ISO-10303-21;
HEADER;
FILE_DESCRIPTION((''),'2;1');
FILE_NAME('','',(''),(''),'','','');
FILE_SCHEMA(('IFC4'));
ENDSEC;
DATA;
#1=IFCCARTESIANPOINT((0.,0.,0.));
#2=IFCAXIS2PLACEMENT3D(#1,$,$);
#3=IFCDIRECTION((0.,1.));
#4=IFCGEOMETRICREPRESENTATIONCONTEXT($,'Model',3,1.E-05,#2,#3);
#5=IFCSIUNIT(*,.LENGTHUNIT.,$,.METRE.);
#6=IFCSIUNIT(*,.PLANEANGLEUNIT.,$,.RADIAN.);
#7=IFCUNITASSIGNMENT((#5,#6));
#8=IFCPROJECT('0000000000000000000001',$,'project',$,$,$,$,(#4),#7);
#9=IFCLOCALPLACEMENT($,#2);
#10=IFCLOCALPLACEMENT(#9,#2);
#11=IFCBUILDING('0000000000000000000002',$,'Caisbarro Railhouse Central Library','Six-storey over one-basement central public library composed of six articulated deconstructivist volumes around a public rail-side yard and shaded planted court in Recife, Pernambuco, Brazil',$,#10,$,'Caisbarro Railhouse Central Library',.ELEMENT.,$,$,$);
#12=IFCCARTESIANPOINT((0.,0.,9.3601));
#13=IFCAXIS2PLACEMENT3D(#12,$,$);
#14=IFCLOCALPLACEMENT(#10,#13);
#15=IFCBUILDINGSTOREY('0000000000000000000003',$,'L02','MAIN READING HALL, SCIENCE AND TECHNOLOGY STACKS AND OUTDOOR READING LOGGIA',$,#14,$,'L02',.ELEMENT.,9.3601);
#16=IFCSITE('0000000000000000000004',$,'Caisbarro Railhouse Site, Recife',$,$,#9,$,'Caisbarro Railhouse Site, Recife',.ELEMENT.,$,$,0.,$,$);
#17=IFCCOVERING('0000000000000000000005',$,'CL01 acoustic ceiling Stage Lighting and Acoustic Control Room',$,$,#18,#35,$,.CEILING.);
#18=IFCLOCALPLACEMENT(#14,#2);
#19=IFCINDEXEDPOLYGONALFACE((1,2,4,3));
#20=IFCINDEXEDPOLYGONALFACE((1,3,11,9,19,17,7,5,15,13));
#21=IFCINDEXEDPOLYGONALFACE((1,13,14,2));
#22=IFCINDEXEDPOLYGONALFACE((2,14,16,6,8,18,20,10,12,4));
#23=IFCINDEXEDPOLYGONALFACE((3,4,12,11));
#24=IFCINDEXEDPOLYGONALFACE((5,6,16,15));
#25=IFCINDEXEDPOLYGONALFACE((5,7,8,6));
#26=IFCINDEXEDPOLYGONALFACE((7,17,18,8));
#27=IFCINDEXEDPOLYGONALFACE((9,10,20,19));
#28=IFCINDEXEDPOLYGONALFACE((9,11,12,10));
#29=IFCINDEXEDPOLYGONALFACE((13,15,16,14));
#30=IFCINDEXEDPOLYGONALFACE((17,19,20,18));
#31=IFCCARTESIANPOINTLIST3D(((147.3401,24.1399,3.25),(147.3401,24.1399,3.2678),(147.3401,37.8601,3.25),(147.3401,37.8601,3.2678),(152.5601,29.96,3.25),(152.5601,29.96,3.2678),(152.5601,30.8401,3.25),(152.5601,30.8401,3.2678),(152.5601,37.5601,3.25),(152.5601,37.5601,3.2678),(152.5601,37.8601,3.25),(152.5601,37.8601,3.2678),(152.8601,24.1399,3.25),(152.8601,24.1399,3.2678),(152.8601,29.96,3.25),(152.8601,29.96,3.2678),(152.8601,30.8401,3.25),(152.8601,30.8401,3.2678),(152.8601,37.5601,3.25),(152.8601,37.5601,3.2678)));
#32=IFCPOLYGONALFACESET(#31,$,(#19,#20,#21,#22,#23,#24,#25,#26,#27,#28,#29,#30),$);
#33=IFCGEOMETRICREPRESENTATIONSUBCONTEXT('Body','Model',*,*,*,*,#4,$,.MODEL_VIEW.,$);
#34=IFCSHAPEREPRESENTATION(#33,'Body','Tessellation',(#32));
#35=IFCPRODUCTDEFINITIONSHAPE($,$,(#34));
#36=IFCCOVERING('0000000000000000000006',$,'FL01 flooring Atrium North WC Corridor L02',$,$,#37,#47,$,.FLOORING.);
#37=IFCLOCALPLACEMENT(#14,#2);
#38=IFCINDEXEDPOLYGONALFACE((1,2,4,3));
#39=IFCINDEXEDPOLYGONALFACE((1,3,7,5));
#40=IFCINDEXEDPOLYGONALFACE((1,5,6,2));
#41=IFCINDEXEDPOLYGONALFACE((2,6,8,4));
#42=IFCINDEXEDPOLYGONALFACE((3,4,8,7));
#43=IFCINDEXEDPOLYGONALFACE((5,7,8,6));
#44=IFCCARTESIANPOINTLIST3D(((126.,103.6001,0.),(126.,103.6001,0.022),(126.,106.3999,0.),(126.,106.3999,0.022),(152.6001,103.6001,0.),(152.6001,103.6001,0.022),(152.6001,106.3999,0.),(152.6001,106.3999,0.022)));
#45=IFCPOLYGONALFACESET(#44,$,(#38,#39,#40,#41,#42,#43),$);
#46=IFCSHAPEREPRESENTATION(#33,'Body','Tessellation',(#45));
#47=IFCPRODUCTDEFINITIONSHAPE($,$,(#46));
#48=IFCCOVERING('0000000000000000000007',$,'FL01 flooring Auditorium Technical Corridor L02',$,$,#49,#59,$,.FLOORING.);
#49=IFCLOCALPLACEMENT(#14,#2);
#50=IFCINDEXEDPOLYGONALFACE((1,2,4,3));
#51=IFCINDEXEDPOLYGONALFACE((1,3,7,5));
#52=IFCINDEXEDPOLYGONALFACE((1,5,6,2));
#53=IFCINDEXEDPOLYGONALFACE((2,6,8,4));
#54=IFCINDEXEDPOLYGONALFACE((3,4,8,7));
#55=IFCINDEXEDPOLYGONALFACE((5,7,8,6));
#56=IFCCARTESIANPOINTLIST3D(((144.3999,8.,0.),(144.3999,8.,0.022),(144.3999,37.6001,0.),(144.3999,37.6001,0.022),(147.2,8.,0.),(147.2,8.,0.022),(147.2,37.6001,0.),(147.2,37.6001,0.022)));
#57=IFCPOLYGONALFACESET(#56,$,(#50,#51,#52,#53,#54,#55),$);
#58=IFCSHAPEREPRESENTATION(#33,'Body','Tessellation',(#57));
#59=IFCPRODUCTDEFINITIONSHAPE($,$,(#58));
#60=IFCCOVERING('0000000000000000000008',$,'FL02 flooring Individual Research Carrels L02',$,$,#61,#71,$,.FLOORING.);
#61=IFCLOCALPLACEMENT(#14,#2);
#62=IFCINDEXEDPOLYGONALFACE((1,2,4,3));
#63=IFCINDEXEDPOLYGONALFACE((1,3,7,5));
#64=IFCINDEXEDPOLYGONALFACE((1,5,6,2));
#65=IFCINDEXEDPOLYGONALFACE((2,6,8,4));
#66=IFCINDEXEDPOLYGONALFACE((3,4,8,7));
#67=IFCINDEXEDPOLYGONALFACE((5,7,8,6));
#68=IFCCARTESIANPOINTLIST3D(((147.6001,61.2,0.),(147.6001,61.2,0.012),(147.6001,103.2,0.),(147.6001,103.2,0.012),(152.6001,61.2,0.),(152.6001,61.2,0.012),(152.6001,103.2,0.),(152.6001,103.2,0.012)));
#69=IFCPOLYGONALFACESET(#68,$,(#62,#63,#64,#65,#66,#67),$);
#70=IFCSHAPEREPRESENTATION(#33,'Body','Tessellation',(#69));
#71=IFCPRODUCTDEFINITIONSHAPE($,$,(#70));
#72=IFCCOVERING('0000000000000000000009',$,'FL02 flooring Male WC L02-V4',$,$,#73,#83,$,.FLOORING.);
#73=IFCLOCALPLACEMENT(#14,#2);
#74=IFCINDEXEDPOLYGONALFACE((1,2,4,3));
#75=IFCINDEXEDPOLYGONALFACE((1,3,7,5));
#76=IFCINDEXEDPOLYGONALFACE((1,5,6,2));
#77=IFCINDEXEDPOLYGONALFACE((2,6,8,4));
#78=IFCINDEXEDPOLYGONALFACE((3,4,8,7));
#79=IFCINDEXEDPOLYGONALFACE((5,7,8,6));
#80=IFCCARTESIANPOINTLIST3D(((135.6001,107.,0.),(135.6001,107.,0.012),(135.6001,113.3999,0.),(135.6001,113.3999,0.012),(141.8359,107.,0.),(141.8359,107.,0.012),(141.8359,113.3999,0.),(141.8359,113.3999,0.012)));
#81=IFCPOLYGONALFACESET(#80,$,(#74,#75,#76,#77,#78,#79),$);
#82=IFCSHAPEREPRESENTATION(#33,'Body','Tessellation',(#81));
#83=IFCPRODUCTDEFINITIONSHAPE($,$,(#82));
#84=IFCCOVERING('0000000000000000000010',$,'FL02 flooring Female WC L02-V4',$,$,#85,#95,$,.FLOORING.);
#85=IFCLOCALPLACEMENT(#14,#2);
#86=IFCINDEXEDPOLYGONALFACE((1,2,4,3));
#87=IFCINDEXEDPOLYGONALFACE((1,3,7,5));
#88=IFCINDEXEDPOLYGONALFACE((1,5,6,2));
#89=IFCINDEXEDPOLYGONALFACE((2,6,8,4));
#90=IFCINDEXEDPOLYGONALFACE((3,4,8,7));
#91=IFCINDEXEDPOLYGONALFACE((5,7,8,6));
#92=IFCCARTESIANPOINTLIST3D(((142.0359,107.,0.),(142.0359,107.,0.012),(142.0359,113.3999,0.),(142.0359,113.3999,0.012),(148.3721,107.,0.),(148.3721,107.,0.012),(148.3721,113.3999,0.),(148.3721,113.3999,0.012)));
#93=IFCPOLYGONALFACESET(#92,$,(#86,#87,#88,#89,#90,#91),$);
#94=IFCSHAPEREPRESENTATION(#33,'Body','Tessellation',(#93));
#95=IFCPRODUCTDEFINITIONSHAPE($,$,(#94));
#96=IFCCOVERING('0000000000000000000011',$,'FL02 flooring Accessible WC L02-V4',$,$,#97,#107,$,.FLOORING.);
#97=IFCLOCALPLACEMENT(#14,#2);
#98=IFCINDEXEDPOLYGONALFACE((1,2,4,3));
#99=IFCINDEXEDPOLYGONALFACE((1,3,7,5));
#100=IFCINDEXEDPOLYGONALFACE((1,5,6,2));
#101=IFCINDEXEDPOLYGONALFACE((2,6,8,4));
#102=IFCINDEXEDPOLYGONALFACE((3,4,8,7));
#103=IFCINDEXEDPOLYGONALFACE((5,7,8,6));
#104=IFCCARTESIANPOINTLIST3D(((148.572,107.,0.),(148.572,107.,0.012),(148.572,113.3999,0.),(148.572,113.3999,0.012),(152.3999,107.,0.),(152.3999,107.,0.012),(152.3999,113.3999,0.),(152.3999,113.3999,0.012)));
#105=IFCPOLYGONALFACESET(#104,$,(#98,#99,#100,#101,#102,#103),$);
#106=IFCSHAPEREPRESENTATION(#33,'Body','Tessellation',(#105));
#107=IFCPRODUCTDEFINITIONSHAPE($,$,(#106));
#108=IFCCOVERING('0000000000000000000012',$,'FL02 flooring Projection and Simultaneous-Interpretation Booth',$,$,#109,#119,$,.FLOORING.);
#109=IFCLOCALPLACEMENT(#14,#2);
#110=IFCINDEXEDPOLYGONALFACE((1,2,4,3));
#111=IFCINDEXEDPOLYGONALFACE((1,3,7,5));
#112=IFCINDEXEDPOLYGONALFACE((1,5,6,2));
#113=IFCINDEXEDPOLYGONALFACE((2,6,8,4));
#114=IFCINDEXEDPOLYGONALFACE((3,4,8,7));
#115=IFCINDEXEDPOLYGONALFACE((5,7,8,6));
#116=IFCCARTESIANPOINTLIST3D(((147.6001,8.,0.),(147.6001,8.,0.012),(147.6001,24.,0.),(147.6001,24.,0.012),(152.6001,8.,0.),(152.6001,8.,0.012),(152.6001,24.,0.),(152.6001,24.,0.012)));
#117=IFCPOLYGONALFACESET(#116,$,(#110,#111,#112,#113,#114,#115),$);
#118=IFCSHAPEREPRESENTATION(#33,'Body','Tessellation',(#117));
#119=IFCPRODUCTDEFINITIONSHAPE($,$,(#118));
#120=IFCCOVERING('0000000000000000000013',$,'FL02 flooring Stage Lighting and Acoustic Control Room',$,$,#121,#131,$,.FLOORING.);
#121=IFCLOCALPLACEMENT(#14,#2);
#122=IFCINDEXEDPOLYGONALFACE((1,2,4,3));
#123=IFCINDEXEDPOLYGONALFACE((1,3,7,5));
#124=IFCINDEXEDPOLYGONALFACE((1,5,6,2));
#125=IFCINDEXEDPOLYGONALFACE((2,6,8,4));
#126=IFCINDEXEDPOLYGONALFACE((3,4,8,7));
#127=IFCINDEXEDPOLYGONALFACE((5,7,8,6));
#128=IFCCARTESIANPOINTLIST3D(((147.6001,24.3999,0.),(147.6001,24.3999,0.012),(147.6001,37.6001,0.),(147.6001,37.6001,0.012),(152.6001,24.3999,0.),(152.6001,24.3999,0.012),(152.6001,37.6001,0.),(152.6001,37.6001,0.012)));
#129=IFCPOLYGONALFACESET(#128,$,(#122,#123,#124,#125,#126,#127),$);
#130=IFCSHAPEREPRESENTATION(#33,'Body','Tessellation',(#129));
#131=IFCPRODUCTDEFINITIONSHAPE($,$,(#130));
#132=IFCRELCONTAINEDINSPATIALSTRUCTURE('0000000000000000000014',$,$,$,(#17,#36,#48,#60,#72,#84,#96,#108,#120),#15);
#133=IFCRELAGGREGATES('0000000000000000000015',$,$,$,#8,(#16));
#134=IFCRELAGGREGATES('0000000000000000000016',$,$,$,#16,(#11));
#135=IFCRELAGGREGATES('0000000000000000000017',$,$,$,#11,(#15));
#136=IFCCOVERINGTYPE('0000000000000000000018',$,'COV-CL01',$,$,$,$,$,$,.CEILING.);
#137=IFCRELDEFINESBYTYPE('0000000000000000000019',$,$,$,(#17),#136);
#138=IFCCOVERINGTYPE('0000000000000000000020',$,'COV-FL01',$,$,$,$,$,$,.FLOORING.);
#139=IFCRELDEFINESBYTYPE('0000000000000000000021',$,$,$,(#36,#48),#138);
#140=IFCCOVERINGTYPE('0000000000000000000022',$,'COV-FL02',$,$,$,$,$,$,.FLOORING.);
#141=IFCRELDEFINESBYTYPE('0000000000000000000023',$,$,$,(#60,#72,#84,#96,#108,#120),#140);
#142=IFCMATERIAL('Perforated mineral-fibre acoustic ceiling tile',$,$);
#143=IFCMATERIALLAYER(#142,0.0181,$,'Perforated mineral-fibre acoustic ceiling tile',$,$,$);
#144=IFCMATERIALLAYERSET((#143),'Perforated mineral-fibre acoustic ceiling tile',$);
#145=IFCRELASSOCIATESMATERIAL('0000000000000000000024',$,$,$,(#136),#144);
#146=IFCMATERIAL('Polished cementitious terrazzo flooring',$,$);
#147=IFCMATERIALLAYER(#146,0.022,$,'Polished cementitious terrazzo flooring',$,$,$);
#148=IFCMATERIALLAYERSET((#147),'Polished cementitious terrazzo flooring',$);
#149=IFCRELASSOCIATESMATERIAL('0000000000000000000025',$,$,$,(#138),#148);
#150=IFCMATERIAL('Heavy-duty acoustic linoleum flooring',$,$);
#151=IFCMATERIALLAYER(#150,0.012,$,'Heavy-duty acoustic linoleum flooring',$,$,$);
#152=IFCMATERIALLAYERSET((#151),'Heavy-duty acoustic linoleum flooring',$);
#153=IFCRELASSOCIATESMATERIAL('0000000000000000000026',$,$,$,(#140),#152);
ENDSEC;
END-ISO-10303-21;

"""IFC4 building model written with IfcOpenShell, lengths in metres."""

from ifc_helpers import new_model, si_unit, direction, frame, origin, place, context, subcontext, project, spatial, polyline, outline, extrude, material, layer, layer_set, type_object, element, save


model = new_model("IFC4")

# Units and contexts
model_context = context("Model", 3, precision=1e-05, world=origin(), true_north=direction((0.0, 1.0)))
body_context = subcontext(model_context, "Body", "Model", "MODEL_VIEW")
ifc_project = project(units=[si_unit("LENGTHUNIT", "METRE"), si_unit("PLANEANGLEUNIT", "RADIAN")], contexts=[model_context])

# Site, building, storey
site_placement = place(None, origin())
site = spatial("IfcSite", under=ifc_project, at=site_placement, Name="Caisbarro Railhouse Site, Recife", LongName="Caisbarro Railhouse Site, Recife", CompositionType="ELEMENT", RefElevation=0.0)
building_placement = place(site_placement, origin())
building = spatial("IfcBuilding", under=site, at=building_placement, Name="Caisbarro Railhouse Central Library", Description="Six-storey over one-basement central public library composed of six articulated deconstructivist volumes around a public rail-side yard and shaded planted court in Recife, Pernambuco, Brazil", LongName="Caisbarro Railhouse Central Library", CompositionType="ELEMENT")
storey_placement = place(building_placement, frame((0.0, 0.0, 9.3601)))
storey = spatial("IfcBuildingStorey", under=building, at=storey_placement, Name="L02", Description="MAIN READING HALL, SCIENCE AND TECHNOLOGY STACKS AND OUTDOOR READING LOGGIA", LongName="L02", CompositionType="ELEMENT", Elevation=9.3601)

# Coverings
ifc_material_1 = material(Name="Perforated mineral-fibre acoustic ceiling tile")
ifc_layer_1 = layer(ifc_material_1, 0.0181, Name="Perforated mineral-fibre acoustic ceiling tile")
ifc_layer_set_1 = layer_set([ifc_layer_1], Name="Perforated mineral-fibre acoustic ceiling tile")
covering_type_1 = type_object("IfcCoveringType", Name="COV-CL01", PredefinedType="CEILING", material=ifc_layer_set_1)
covering_1_placement = place(storey_placement, frame((0.0, 0.0, 3.25)))
element("IfcCovering", 1, at=covering_1_placement, inside=storey, type_object=covering_type_1, Name="CL01 acoustic ceiling Stage Lighting and Acoustic Control Room", PredefinedType="CEILING", context=body_context, shape_type="SweptSolid", body=[
    extrude(outline(polyline([(152.5601, 37.8601), (152.5601, 37.5601), (152.8601, 37.5601), (152.8601, 30.8401), (152.5601, 30.8401), (152.5601, 29.96), (152.8601, 29.96), (152.8601, 24.1399), (147.3401, 24.1399), (147.3401, 37.8601), (152.5601, 37.8601)])), origin(), (0.0, 0.0, 1.0), 0.0178),
])
ifc_material_2 = material(Name="Polished cementitious terrazzo flooring")
ifc_layer_2 = layer(ifc_material_2, 0.022, Name="Polished cementitious terrazzo flooring")
ifc_layer_set_2 = layer_set([ifc_layer_2], Name="Polished cementitious terrazzo flooring")
covering_type_2 = type_object("IfcCoveringType", Name="COV-FL01", PredefinedType="FLOORING", material=ifc_layer_set_2)
covering_2_placement = place(storey_placement, origin())
element("IfcCovering", 2, at=covering_2_placement, inside=storey, type_object=covering_type_2, Name="FL01 flooring Atrium North WC Corridor L02", PredefinedType="FLOORING", context=body_context, shape_type="SweptSolid", body=[
    extrude(outline(polyline([(126.0, 103.6001), (152.6001, 103.6001), (152.6001, 106.3999), (126.0, 106.3999), (126.0, 103.6001)])), origin(), (0.0, 0.0, 1.0), 0.022),
])
covering_3_placement = place(storey_placement, origin())
element("IfcCovering", 3, at=covering_3_placement, inside=storey, type_object=covering_type_2, Name="FL01 flooring Auditorium Technical Corridor L02", PredefinedType="FLOORING", context=body_context, shape_type="SweptSolid", body=[
    extrude(outline(polyline([(144.3999, 8.0), (147.2, 8.0), (147.2, 37.6001), (144.3999, 37.6001), (144.3999, 8.0)])), origin(), (0.0, 0.0, 1.0), 0.022),
])
ifc_material_3 = material(Name="Heavy-duty acoustic linoleum flooring")
ifc_layer_3 = layer(ifc_material_3, 0.012, Name="Heavy-duty acoustic linoleum flooring")
ifc_layer_set_3 = layer_set([ifc_layer_3], Name="Heavy-duty acoustic linoleum flooring")
covering_type_3 = type_object("IfcCoveringType", Name="COV-FL02", PredefinedType="FLOORING", material=ifc_layer_set_3)
covering_4_placement = place(storey_placement, origin())
element("IfcCovering", 4, at=covering_4_placement, inside=storey, type_object=covering_type_3, Name="FL02 flooring Individual Research Carrels L02", PredefinedType="FLOORING", context=body_context, shape_type="SweptSolid", body=[
    extrude(outline(polyline([(147.6001, 61.2), (152.6001, 61.2), (152.6001, 103.2), (147.6001, 103.2), (147.6001, 61.2)])), origin(), (0.0, 0.0, 1.0), 0.012),
])
covering_5_placement = place(storey_placement, origin())
element("IfcCovering", 5, at=covering_5_placement, inside=storey, type_object=covering_type_3, Name="FL02 flooring Male WC L02-V4", PredefinedType="FLOORING", context=body_context, shape_type="SweptSolid", body=[
    extrude(outline(polyline([(135.6001, 107.0), (141.8359, 107.0), (141.8359, 113.3999), (135.6001, 113.3999), (135.6001, 107.0)])), origin(), (0.0, 0.0, 1.0), 0.012),
])
covering_6_placement = place(storey_placement, origin())
element("IfcCovering", 6, at=covering_6_placement, inside=storey, type_object=covering_type_3, Name="FL02 flooring Female WC L02-V4", PredefinedType="FLOORING", context=body_context, shape_type="SweptSolid", body=[
    extrude(outline(polyline([(142.0359, 107.0), (148.3721, 107.0), (148.3721, 113.3999), (142.0359, 113.3999), (142.0359, 107.0)])), origin(), (0.0, 0.0, 1.0), 0.012),
])
covering_7_placement = place(storey_placement, origin())
element("IfcCovering", 7, at=covering_7_placement, inside=storey, type_object=covering_type_3, Name="FL02 flooring Accessible WC L02-V4", PredefinedType="FLOORING", context=body_context, shape_type="SweptSolid", body=[
    extrude(outline(polyline([(148.572, 107.0), (152.3999, 107.0), (152.3999, 113.3999), (148.572, 113.3999), (148.572, 107.0)])), origin(), (0.0, 0.0, 1.0), 0.012),
])
covering_8_placement = place(storey_placement, origin())
element("IfcCovering", 8, at=covering_8_placement, inside=storey, type_object=covering_type_3, Name="FL02 flooring Projection and Simultaneous-Interpretation Booth", PredefinedType="FLOORING", context=body_context, shape_type="SweptSolid", body=[
    extrude(outline(polyline([(147.6001, 8.0), (152.6001, 8.0), (152.6001, 24.0), (147.6001, 24.0), (147.6001, 8.0)])), origin(), (0.0, 0.0, 1.0), 0.012),
])
covering_9_placement = place(storey_placement, origin())
element("IfcCovering", 9, at=covering_9_placement, inside=storey, type_object=covering_type_3, Name="FL02 flooring Stage Lighting and Acoustic Control Room", PredefinedType="FLOORING", context=body_context, shape_type="SweptSolid", body=[
    extrude(outline(polyline([(147.6001, 24.3999), (152.6001, 24.3999), (152.6001, 37.6001), (147.6001, 37.6001), (147.6001, 24.3999)])), origin(), (0.0, 0.0, 1.0), 0.012),
])

save(model, "model.ifc")
